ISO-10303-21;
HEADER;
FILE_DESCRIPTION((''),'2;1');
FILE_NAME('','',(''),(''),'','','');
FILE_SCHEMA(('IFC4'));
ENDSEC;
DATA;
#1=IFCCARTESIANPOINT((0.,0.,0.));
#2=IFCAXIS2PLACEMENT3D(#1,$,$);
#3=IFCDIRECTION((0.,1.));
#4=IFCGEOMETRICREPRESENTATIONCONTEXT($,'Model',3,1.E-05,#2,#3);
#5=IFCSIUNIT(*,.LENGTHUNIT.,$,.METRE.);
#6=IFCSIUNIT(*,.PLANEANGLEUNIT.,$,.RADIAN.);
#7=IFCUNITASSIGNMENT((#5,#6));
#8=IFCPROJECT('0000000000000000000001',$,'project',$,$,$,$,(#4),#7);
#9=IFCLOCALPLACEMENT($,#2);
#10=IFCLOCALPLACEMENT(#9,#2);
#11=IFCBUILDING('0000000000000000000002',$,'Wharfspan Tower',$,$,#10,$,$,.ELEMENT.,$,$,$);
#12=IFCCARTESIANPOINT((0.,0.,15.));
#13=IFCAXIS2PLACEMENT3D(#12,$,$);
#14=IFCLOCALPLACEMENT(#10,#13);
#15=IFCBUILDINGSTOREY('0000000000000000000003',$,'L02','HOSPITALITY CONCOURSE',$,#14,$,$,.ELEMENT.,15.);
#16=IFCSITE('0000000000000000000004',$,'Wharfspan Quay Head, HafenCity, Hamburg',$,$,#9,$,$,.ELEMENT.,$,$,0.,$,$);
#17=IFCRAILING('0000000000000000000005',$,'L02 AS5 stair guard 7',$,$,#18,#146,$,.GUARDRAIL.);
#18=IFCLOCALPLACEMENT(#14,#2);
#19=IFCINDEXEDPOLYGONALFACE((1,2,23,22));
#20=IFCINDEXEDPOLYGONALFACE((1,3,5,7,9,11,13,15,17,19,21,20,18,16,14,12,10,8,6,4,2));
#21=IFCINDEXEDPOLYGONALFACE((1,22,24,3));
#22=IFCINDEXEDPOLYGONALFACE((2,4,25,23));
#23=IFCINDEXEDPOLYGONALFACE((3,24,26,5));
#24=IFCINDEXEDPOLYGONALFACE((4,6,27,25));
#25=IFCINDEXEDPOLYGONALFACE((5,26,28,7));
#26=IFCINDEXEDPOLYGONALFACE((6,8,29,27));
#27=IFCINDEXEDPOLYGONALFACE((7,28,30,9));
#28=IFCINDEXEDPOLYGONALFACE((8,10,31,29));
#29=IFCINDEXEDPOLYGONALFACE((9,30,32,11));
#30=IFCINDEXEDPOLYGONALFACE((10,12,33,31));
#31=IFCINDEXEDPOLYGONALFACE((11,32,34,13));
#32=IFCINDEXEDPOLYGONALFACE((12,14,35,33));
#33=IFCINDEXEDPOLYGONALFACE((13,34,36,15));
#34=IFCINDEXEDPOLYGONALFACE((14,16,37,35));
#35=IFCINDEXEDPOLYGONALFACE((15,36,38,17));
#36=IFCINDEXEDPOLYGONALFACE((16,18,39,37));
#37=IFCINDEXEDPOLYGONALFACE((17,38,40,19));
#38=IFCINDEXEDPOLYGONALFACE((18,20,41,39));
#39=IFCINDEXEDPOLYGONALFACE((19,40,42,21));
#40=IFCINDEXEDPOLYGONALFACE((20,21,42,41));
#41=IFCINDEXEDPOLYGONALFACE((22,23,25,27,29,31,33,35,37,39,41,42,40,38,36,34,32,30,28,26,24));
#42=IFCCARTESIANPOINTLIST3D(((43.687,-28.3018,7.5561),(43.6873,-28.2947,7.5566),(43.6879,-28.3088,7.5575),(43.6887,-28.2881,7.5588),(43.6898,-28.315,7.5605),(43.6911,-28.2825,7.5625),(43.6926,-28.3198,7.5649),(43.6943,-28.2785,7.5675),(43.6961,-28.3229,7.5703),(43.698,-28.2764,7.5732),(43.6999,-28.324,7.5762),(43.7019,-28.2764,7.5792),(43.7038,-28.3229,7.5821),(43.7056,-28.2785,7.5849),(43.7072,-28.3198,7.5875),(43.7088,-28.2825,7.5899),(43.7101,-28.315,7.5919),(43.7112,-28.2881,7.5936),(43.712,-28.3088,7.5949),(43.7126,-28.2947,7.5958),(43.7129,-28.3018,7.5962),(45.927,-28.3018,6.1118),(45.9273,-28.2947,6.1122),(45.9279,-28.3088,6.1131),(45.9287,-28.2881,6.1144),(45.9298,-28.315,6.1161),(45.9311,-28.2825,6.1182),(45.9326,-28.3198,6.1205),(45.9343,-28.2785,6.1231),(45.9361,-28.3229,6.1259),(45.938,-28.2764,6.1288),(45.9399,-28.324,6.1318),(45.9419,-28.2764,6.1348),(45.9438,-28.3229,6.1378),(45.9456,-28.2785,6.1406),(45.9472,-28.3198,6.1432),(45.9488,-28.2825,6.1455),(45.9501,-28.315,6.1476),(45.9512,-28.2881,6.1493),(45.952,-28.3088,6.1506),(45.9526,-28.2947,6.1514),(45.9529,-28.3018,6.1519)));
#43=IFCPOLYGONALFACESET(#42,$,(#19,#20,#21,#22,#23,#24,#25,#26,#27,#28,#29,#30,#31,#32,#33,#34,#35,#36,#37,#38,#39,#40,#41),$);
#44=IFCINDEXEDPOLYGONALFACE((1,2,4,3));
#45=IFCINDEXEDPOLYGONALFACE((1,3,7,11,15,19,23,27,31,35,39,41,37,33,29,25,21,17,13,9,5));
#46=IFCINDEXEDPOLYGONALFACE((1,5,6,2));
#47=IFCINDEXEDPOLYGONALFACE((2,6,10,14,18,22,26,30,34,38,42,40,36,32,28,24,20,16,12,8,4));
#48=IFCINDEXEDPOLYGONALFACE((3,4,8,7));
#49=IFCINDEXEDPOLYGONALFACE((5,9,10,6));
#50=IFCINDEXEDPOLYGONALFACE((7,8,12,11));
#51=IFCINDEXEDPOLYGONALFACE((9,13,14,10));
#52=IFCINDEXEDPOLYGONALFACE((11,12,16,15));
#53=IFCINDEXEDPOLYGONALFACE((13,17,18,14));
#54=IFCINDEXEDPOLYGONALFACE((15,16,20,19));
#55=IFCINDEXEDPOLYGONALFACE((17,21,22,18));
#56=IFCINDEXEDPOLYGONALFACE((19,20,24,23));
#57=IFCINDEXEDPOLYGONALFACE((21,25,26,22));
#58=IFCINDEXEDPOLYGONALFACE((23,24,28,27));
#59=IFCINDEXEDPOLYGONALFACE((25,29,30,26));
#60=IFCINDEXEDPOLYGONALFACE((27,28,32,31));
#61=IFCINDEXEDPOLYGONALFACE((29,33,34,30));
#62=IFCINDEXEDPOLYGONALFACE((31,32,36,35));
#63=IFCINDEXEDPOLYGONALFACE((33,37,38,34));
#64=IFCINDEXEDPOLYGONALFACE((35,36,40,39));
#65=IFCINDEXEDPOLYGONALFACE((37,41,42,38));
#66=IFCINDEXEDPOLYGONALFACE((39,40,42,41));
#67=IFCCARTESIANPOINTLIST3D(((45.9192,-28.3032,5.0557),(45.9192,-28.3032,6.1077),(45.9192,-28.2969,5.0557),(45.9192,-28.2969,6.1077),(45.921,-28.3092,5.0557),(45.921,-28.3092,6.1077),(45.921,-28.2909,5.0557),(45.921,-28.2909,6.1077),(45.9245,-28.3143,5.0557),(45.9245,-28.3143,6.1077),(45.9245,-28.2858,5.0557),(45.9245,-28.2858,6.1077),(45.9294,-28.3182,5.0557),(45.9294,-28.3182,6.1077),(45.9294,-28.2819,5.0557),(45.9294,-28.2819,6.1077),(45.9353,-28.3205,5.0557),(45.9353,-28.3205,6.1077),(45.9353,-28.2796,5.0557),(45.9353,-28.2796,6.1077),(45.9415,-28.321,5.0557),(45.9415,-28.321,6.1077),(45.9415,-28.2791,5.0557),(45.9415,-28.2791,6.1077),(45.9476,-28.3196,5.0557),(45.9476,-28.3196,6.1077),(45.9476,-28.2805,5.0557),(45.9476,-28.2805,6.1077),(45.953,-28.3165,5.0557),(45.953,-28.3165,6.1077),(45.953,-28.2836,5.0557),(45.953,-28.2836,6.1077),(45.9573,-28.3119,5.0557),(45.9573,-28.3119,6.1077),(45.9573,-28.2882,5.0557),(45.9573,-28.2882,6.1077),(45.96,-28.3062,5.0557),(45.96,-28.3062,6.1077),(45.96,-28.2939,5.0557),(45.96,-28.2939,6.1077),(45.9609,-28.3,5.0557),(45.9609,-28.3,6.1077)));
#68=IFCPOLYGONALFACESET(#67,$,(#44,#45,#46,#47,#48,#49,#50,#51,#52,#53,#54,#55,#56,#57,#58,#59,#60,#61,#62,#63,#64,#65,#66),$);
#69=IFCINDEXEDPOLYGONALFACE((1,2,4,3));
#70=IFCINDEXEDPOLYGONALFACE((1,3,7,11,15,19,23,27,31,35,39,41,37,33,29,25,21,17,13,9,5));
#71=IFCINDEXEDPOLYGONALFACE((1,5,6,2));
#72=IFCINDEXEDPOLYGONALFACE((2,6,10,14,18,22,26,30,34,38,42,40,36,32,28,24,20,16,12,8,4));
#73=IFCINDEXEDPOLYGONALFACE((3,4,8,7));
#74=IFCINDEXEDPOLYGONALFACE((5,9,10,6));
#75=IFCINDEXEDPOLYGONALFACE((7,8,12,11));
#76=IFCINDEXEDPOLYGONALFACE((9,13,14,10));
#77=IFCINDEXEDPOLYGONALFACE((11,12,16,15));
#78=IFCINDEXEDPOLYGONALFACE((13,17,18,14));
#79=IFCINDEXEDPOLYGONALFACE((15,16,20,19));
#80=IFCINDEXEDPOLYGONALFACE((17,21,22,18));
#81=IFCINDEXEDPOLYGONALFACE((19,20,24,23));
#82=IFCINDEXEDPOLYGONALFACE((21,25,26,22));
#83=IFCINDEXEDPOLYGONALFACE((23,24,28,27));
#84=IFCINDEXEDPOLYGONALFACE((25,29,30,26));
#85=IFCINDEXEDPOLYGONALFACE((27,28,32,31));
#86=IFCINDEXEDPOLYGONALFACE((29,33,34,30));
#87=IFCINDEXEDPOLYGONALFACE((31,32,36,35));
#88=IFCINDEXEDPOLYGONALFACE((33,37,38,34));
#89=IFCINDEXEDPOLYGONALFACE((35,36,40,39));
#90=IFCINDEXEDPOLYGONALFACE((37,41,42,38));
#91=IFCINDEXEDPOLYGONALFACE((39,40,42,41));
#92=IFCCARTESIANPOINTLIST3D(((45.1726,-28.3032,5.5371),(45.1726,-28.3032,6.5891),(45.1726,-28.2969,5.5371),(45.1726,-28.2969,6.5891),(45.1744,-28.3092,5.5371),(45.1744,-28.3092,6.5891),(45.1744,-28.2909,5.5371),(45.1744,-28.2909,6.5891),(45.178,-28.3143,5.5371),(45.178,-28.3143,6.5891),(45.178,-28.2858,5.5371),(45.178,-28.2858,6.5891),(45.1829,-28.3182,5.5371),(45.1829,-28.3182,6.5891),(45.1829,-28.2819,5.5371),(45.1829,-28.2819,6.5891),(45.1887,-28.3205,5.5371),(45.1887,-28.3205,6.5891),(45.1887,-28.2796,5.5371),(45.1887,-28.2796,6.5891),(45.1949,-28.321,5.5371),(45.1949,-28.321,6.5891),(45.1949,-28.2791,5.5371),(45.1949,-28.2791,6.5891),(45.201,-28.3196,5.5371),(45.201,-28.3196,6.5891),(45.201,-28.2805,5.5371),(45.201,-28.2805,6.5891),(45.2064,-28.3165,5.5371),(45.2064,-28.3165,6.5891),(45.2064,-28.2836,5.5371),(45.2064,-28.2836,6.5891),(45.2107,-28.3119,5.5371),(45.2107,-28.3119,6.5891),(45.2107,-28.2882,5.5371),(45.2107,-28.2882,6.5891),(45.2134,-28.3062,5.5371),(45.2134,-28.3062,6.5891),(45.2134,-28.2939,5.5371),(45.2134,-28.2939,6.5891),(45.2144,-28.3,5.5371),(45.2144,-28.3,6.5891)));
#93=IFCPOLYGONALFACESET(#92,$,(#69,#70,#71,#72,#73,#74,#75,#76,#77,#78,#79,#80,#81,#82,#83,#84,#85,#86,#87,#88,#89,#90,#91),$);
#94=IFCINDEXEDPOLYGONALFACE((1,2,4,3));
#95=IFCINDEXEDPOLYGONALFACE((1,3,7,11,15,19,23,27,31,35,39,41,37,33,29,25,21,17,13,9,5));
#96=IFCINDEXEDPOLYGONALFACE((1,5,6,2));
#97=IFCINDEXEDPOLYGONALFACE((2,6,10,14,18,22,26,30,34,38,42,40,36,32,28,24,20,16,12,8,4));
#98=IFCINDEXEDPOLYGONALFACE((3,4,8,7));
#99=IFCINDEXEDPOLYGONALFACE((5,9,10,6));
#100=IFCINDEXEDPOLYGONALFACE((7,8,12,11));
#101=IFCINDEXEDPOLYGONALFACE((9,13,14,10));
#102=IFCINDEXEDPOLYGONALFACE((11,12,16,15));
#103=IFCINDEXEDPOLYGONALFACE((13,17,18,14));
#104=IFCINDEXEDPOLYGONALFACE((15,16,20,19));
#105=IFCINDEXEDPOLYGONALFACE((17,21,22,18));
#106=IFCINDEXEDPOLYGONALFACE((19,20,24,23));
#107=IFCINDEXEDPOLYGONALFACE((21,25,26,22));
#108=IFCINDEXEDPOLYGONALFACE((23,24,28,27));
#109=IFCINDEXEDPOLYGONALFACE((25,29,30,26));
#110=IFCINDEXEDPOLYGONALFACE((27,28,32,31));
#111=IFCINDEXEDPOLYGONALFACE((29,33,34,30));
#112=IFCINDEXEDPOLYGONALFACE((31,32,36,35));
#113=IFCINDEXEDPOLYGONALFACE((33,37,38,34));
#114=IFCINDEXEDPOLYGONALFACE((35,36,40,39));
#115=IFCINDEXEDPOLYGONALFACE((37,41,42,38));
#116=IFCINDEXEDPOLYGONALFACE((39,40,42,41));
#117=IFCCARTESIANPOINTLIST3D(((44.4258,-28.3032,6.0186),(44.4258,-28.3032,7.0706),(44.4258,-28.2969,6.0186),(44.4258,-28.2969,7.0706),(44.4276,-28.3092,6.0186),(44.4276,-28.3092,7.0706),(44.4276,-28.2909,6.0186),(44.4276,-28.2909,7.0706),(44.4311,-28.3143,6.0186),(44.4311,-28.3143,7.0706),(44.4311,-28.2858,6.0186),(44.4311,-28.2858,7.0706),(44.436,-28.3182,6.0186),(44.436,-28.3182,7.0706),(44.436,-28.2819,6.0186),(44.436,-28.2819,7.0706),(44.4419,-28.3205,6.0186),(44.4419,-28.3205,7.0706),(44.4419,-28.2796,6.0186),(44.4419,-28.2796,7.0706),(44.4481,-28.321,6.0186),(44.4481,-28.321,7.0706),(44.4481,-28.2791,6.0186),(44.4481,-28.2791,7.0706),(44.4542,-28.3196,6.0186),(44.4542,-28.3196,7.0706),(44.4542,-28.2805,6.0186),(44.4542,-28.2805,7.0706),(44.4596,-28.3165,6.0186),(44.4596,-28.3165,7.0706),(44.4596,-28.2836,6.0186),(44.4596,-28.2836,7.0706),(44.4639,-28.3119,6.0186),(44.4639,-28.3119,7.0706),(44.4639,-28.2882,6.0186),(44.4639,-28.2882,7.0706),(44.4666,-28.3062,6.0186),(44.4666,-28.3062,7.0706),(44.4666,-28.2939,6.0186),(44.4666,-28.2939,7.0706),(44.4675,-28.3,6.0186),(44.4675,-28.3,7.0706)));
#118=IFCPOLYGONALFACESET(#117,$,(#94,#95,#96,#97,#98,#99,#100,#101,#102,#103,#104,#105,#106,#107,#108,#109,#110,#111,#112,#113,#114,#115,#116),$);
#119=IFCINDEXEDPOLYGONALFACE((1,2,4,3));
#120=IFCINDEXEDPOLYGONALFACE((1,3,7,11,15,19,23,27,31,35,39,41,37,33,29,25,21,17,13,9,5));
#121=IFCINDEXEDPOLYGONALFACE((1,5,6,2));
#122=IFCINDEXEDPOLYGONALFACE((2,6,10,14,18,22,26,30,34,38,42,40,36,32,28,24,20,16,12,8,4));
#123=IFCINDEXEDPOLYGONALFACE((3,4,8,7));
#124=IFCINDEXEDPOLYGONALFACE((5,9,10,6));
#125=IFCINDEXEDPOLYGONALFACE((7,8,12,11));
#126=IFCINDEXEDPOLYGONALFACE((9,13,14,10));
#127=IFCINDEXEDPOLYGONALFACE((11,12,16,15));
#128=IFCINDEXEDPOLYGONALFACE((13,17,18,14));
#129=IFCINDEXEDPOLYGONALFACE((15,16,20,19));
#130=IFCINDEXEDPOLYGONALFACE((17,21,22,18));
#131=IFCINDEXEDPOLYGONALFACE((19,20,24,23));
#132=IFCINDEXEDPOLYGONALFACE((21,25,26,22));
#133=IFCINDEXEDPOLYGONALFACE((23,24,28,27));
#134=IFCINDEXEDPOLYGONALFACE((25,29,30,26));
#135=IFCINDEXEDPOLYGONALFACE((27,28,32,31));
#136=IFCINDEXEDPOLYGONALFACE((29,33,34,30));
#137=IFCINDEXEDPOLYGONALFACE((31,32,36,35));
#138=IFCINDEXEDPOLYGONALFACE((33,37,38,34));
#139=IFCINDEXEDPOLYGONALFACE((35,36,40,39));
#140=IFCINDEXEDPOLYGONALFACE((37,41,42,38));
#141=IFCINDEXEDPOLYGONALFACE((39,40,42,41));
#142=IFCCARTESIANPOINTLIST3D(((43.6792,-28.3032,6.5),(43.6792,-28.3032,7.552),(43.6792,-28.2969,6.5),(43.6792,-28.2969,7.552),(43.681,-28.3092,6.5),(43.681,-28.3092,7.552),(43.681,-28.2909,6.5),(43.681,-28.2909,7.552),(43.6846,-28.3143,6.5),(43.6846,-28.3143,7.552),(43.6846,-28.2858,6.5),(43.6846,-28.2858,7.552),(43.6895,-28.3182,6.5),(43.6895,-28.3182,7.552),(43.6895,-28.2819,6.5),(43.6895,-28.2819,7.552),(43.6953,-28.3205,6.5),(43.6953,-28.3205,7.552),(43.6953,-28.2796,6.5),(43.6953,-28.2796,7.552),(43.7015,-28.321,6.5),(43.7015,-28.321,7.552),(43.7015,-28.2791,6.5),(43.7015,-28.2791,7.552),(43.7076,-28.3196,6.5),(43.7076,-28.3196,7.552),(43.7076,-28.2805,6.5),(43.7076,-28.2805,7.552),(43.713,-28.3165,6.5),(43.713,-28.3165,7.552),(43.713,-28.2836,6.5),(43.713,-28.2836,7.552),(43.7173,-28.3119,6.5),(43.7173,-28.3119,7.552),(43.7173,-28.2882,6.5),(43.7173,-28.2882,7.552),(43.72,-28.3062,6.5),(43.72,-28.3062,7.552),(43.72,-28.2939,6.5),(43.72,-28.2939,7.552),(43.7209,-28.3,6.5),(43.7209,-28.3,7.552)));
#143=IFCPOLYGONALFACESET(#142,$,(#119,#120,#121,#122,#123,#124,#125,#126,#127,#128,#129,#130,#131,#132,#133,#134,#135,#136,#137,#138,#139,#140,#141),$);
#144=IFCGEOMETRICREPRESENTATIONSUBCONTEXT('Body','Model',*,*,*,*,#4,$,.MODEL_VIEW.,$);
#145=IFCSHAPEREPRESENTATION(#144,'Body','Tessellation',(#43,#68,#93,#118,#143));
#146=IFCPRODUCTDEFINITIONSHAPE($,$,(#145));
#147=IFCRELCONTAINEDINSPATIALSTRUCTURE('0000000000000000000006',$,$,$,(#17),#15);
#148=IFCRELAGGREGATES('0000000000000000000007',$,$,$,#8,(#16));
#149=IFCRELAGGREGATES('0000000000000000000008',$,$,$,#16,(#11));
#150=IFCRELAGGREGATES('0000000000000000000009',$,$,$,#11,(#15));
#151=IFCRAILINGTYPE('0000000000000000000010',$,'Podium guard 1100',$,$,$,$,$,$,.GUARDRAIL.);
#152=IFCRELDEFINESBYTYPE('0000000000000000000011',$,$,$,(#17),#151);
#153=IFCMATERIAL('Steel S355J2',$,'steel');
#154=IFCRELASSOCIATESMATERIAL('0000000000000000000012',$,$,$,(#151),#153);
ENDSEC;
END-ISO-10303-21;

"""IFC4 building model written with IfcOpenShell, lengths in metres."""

from ifc_helpers import new_model, si_unit, direction, frame, origin, origin_2d, place, context, subcontext, project, spatial, circle, extrude, material, type_object, element, save


model = new_model("IFC4")

# Units and contexts
model_context = context("Model", 3, precision=1e-05, world=origin(), true_north=direction((0.0, 1.0)))
body_context = subcontext(model_context, "Body", "Model", "MODEL_VIEW")
ifc_project = project(units=[si_unit("LENGTHUNIT", "METRE"), si_unit("PLANEANGLEUNIT", "RADIAN")], contexts=[model_context])

# Site, building, storey
site_placement = place(None, origin())
site = spatial("IfcSite", under=ifc_project, at=site_placement, Name="Wharfspan Quay Head, HafenCity, Hamburg", CompositionType="ELEMENT", RefElevation=0.0)
building_placement = place(site_placement, origin())
building = spatial("IfcBuilding", under=site, at=building_placement, Name="Wharfspan Tower", CompositionType="ELEMENT")
storey_placement = place(building_placement, frame((0.0, 0.0, 15.0)))
storey = spatial("IfcBuildingStorey", under=building, at=storey_placement, Name="L02", Description="HOSPITALITY CONCOURSE", CompositionType="ELEMENT", Elevation=15.0)

# Railing
ifc_material_1 = material(Name="Steel S355J2", Category="steel")
railing_type_1 = type_object("IfcRailingType", Name="Podium guard 1100", PredefinedType="GUARDRAIL", material=ifc_material_1)
railing_1_placement = place(storey_placement, frame((45.9399, -28.3, 5.0557)))
element("IfcRailing", 1, at=railing_1_placement, inside=storey, type_object=railing_type_1, Name="L02 AS5 stair guard 7", PredefinedType="GUARDRAIL", context=body_context, shape_type="SweptSolid", body=[
    extrude(circle(Radius=0.0239, at=origin_2d()), frame((0.0, 0.0, 1.0762), z_axis=(-0.840437, 0.0, 0.54191), x_axis=(0.0, -1.0, 0.0)), (0.0, 0.0, 1.0), 2.6653),
    extrude(circle(Radius=0.021, at=origin_2d()), origin(), (0.0, 0.0, 1.0), 1.052),
    extrude(circle(Radius=0.021, at=origin_2d()), frame((-0.7466, 0.0, 0.4814)), (0.0, 0.0, 1.0), 1.052),
    extrude(circle(Radius=0.021, at=origin_2d()), frame((-1.4934, 0.0, 0.9629)), (0.0, 0.0, 1.0), 1.052),
    extrude(circle(Radius=0.021, at=origin_2d()), frame((-2.24, 0.0, 1.4443)), (0.0, 0.0, 1.0), 1.052),
])

save(model, "model.ifc")
